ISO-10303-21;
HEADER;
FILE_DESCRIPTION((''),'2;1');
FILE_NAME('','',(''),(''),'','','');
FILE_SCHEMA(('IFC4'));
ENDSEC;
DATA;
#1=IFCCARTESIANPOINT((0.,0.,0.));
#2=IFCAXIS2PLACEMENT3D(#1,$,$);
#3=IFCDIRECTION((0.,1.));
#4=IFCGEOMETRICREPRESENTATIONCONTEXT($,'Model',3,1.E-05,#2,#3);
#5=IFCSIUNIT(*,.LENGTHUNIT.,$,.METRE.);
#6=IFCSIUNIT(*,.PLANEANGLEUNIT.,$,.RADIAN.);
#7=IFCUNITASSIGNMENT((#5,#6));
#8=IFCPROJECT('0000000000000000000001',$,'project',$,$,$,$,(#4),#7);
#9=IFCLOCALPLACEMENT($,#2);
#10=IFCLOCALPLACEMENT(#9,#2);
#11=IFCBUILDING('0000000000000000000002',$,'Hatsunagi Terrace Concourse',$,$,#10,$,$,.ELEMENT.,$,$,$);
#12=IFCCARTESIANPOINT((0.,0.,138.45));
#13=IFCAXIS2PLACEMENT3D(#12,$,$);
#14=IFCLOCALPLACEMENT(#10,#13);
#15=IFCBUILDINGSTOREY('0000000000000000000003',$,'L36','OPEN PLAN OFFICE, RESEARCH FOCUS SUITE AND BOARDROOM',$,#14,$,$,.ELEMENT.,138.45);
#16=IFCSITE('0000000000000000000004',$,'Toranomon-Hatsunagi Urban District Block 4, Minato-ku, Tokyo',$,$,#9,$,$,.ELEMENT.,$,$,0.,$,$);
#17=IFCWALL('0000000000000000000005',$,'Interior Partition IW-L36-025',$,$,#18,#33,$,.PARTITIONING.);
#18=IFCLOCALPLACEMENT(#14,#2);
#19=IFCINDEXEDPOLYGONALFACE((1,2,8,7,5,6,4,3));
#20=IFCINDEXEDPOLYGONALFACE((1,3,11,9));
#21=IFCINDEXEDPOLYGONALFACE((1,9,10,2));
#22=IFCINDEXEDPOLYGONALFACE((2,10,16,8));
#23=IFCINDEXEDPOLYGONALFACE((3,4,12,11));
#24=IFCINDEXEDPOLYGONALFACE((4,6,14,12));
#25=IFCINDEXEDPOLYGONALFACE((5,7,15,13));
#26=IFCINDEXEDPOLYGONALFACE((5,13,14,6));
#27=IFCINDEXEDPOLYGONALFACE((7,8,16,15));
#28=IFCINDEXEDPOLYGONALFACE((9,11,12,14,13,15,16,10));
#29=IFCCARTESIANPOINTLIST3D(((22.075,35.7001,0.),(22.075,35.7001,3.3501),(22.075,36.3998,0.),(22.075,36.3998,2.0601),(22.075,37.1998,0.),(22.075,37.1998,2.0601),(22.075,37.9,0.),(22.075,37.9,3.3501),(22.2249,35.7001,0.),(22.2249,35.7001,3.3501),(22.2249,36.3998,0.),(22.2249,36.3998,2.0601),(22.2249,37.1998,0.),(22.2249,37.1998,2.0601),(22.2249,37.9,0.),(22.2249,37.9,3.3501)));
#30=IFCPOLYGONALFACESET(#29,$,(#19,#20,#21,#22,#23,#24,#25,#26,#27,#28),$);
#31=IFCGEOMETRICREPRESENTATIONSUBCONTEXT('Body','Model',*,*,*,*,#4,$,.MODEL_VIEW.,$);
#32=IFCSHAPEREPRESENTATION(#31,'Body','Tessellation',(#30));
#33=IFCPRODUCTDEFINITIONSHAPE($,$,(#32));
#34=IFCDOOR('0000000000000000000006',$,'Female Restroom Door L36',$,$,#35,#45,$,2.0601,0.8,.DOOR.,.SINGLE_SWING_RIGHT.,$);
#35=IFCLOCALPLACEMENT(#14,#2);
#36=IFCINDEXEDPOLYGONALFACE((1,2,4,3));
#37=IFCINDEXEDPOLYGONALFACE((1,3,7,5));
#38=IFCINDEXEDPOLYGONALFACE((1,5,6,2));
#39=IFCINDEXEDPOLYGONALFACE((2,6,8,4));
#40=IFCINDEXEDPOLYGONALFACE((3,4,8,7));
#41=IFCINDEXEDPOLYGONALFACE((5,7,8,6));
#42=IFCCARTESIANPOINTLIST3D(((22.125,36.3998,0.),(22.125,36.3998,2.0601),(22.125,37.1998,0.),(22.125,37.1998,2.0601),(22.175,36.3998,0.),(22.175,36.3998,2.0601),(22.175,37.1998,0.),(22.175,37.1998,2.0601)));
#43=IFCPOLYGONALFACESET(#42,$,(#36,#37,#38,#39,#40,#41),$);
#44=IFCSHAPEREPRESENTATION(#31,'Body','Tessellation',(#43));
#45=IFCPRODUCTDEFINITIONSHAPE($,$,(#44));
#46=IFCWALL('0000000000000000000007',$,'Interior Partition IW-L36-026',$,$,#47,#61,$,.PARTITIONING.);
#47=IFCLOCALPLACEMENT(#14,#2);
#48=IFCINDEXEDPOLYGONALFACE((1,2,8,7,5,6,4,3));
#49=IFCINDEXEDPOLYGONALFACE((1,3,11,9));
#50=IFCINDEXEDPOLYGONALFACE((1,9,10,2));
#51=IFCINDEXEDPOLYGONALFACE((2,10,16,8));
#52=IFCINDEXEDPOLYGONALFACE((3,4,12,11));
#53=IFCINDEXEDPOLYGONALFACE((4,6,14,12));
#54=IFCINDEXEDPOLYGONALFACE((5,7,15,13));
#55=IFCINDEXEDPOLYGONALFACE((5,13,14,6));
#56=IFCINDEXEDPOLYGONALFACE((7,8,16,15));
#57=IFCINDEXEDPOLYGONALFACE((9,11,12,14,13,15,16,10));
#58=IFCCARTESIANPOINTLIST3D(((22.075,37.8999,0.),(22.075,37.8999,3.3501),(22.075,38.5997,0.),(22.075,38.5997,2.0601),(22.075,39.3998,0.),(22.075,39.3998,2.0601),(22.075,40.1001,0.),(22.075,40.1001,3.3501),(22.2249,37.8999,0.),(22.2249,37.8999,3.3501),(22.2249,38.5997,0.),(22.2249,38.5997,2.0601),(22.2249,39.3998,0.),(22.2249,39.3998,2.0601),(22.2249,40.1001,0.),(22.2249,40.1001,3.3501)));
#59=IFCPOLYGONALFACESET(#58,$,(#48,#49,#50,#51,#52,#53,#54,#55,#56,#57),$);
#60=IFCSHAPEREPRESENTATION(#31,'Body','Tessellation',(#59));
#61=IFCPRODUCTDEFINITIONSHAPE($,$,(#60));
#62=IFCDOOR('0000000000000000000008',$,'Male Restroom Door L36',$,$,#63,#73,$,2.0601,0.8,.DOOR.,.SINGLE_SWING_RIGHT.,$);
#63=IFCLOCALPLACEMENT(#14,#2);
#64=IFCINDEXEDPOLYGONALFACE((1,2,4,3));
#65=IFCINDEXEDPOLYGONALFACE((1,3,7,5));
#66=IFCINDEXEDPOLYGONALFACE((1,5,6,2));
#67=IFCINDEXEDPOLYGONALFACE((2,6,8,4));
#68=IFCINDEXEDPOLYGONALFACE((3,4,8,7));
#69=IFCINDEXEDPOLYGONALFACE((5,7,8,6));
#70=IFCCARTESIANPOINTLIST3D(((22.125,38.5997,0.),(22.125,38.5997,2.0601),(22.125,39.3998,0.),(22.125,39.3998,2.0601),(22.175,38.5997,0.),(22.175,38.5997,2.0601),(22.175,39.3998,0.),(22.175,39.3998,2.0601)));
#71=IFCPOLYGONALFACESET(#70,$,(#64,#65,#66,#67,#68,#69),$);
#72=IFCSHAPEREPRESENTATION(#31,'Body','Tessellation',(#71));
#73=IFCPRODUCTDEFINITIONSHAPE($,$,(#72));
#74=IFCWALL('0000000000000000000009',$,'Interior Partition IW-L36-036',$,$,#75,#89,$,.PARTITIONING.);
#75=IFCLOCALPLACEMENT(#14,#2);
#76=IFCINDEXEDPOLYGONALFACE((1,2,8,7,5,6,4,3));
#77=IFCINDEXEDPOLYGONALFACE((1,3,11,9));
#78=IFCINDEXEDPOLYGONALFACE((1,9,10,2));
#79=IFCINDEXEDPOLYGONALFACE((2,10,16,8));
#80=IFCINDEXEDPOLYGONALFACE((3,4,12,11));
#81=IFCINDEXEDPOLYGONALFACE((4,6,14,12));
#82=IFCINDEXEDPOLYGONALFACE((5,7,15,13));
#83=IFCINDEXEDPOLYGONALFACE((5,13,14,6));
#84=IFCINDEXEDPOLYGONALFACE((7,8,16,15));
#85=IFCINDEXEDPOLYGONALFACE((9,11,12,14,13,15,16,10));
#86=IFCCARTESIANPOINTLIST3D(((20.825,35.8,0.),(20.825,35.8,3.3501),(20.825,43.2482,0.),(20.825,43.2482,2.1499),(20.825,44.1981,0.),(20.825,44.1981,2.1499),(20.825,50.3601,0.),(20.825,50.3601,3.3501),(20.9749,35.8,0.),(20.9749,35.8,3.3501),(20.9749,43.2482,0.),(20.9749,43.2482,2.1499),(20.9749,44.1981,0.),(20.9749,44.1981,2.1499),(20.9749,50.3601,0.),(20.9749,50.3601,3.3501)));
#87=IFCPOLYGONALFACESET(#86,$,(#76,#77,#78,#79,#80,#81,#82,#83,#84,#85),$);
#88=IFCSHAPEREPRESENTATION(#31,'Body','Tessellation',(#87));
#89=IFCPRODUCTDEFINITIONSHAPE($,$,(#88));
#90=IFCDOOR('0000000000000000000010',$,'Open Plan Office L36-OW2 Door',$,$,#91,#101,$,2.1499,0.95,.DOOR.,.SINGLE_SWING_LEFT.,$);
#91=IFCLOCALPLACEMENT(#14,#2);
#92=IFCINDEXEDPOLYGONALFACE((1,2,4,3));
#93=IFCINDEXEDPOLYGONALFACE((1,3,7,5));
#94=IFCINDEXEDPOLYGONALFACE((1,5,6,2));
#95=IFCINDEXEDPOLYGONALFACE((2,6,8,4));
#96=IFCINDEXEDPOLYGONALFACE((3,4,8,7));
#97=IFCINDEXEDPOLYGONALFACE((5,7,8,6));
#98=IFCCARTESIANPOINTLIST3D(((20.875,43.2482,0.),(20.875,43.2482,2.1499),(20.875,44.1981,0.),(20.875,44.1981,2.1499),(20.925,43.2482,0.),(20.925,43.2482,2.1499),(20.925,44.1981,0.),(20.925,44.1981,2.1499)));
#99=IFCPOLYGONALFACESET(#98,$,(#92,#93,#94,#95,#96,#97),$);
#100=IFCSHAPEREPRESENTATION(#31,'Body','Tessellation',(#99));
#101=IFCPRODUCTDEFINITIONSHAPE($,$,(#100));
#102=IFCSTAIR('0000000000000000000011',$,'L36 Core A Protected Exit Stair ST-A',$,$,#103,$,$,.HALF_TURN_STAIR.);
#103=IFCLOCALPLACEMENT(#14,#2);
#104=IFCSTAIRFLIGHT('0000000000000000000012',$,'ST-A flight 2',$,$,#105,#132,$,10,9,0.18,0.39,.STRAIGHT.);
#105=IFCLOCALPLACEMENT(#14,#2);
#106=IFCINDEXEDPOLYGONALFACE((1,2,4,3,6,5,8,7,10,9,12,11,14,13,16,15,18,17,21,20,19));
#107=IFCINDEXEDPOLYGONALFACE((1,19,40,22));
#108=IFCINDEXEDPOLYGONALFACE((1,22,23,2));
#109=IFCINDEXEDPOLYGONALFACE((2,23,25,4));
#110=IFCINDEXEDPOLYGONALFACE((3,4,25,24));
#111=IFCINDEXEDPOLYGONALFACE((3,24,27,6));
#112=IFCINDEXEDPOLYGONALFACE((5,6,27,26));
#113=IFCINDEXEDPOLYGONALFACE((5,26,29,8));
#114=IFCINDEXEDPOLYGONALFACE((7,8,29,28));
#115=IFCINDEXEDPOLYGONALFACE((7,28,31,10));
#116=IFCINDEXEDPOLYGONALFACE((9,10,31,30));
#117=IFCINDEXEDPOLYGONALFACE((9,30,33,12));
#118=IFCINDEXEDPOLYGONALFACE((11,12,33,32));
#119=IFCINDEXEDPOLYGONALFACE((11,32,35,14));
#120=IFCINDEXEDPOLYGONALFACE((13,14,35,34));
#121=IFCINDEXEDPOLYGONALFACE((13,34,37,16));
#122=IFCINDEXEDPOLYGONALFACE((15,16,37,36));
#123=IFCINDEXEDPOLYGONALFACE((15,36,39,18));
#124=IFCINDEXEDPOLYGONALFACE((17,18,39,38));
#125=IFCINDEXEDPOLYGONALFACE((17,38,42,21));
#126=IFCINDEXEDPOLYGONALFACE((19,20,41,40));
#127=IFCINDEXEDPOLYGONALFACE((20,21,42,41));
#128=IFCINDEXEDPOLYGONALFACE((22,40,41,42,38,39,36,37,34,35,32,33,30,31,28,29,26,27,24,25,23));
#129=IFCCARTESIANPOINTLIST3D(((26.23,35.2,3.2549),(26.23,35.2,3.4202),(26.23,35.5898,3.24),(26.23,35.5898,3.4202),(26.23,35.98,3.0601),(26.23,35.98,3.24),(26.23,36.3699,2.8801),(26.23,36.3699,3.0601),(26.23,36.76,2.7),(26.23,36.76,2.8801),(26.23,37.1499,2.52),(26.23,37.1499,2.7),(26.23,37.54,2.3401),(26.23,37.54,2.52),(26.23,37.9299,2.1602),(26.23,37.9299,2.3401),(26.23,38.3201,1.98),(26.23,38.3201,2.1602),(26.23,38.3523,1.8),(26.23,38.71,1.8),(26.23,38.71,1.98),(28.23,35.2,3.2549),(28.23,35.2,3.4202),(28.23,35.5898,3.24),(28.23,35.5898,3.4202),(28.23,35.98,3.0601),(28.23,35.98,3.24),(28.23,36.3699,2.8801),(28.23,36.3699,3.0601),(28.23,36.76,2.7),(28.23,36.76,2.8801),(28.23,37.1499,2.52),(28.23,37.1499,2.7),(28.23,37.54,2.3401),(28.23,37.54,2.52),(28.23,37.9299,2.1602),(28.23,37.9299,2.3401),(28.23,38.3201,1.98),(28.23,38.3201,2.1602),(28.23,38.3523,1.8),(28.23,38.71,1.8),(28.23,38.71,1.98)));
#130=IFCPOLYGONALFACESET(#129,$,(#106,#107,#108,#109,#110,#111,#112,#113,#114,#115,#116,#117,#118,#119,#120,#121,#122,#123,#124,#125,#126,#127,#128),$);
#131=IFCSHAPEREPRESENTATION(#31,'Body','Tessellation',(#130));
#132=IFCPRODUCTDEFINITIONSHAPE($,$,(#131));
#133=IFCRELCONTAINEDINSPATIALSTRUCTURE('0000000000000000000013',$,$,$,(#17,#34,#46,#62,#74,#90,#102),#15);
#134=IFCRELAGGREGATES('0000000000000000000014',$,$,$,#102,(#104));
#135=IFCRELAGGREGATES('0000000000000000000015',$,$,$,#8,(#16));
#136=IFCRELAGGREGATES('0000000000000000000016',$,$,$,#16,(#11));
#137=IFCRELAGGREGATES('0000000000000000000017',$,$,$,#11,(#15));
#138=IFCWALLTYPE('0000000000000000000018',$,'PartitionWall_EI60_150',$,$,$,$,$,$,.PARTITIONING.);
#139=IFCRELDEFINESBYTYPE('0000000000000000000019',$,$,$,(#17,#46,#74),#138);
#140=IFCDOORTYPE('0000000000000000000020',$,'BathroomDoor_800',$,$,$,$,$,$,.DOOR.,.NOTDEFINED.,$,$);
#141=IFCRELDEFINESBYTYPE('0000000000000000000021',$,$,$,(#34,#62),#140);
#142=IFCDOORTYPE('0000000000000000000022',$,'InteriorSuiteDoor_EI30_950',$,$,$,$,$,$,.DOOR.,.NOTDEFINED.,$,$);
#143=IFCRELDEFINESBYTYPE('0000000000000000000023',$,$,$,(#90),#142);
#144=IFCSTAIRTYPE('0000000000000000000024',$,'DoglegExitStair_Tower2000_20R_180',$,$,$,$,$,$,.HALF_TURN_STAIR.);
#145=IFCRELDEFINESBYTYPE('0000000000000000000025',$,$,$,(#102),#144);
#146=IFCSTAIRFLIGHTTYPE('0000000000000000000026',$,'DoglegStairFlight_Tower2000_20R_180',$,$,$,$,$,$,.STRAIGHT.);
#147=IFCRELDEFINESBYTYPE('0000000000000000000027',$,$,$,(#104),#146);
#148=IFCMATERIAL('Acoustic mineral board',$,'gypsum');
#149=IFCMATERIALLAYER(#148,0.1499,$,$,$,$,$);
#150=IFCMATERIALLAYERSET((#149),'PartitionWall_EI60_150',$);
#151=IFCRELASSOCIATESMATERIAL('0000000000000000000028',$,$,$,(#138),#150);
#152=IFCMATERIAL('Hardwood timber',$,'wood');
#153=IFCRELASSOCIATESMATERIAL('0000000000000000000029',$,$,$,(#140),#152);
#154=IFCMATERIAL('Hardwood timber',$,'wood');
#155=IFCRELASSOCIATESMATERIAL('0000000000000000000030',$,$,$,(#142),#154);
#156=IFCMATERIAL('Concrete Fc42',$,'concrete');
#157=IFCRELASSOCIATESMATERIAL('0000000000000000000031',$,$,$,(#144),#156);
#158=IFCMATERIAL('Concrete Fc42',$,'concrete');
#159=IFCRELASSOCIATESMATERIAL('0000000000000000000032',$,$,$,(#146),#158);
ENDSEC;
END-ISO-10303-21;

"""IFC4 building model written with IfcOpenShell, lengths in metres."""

from ifc_helpers import new_model, si_unit, direction, frame, frame_2d, origin, place, context, subcontext, project, spatial, polyline, rectangle, outline, extrude, material, layer, layer_set, type_object, element, fill, aggregate, save


model = new_model("IFC4")

# Units and contexts
model_context = context("Model", 3, precision=1e-05, world=origin(), true_north=direction((0.0, 1.0)))
body_context = subcontext(model_context, "Body", "Model", "MODEL_VIEW")
ifc_project = project(units=[si_unit("LENGTHUNIT", "METRE"), si_unit("PLANEANGLEUNIT", "RADIAN")], contexts=[model_context])

# Site, building, storey
site_placement = place(None, origin())
site = spatial("IfcSite", under=ifc_project, at=site_placement, Name="Toranomon-Hatsunagi Urban District Block 4, Minato-ku, Tokyo", CompositionType="ELEMENT", RefElevation=0.0)
building_placement = place(site_placement, origin())
building = spatial("IfcBuilding", under=site, at=building_placement, Name="Hatsunagi Terrace Concourse", CompositionType="ELEMENT")
storey_placement = place(building_placement, frame((0.0, 0.0, 138.45)))
storey = spatial("IfcBuildingStorey", under=building, at=storey_placement, Name="L36", Description="OPEN PLAN OFFICE, RESEARCH FOCUS SUITE AND BOARDROOM", CompositionType="ELEMENT", Elevation=138.45)

# Shared definitions
ifc_material_1 = material(Name="Acoustic mineral board", Category="gypsum")
ifc_layer_1 = layer(ifc_material_1, 0.1499)
ifc_layer_set_1 = layer_set([ifc_layer_1], Name="PartitionWall_EI60_150")
wall_type_1 = type_object("IfcWallType", Name="PartitionWall_EI60_150", PredefinedType="PARTITIONING", material=ifc_layer_set_1)

# Walls, openings, doors
ifc_material_2 = material(Name="Hardwood timber", Category="wood")
door_type_1 = type_object("IfcDoorType", Name="BathroomDoor_800", OperationType="NOTDEFINED", PredefinedType="DOOR", material=ifc_material_2)
wall_1_placement = place(storey_placement, frame((22.1499, 35.7, 0.0), z_axis=(0.0, 0.0, 1.0), x_axis=(0.0, 1.0, 0.0)))
wall_1 = element("IfcWall", 1, at=wall_1_placement, inside=storey, type_object=wall_type_1, Name="Interior Partition IW-L36-025", PredefinedType="PARTITIONING", context=body_context, shape_type="SweptSolid", body=[
    extrude(rectangle(XDim=2.2, YDim=0.1499, at=frame_2d((1.1001, 0.0))), origin(), (0.0, 0.0, 1.0), 3.3501),
])
opening_1_placement = place(wall_1_placement, frame((0.7, 0.0, 0.0)))
opening_1 = element("IfcOpeningElement", 2, at=opening_1_placement, cuts=wall_1, PredefinedType="OPENING", context=body_context, shape_type="SweptSolid", body=[
    extrude(rectangle(XDim=0.8, YDim=2.0601, at=frame_2d((0.3999, 1.03))), frame((0.0, 0.085, 0.0), z_axis=(0.0, -1.0, 0.0), x_axis=(1.0, 0.0, 0.0)), (0.0, 0.0, 1.0), 0.1699),
])
door_1_placement = place(opening_1_placement, origin())
door_1 = element("IfcDoor", 3, at=door_1_placement, inside=storey, type_object=door_type_1, Name="Female Restroom Door L36", OperationType="SINGLE_SWING_RIGHT", OverallHeight=2.0601, OverallWidth=0.8, PredefinedType="DOOR", context=body_context, shape_type="SweptSolid", body=[
    extrude(rectangle(XDim=0.8, YDim=2.0601, at=frame_2d((0.3999, 1.03))), frame((0.0, 0.0249, 0.0), z_axis=(0.0, -1.0, 0.0), x_axis=(1.0, 0.0, 0.0)), (0.0, 0.0, 1.0), 0.05),
])
fill(opening_1, door_1)
wall_2_placement = place(storey_placement, frame((22.1499, 37.8999, 0.0), z_axis=(0.0, 0.0, 1.0), x_axis=(0.0, 1.0, 0.0)))
wall_2 = element("IfcWall", 4, at=wall_2_placement, inside=storey, type_object=wall_type_1, Name="Interior Partition IW-L36-026", PredefinedType="PARTITIONING", context=body_context, shape_type="SweptSolid", body=[
    extrude(rectangle(XDim=2.2002, YDim=0.1499, at=frame_2d((1.1001, 0.0))), origin(), (0.0, 0.0, 1.0), 3.3501),
])
opening_2_placement = place(wall_2_placement, frame((0.7, 0.0, 0.0)))
opening_2 = element("IfcOpeningElement", 5, at=opening_2_placement, cuts=wall_2, PredefinedType="OPENING", context=body_context, shape_type="SweptSolid", body=[
    extrude(rectangle(XDim=0.8, YDim=2.0601, at=frame_2d((0.3999, 1.03))), frame((0.0, 0.085, 0.0), z_axis=(0.0, -1.0, 0.0), x_axis=(1.0, 0.0, 0.0)), (0.0, 0.0, 1.0), 0.1699),
])
door_2_placement = place(opening_2_placement, origin())
door_2 = element("IfcDoor", 6, at=door_2_placement, inside=storey, type_object=door_type_1, Name="Male Restroom Door L36", OperationType="SINGLE_SWING_RIGHT", OverallHeight=2.0601, OverallWidth=0.8, PredefinedType="DOOR", context=body_context, shape_type="SweptSolid", body=[
    extrude(rectangle(XDim=0.8, YDim=2.0601, at=frame_2d((0.3999, 1.03))), frame((0.0, 0.0249, 0.0), z_axis=(0.0, -1.0, 0.0), x_axis=(1.0, 0.0, 0.0)), (0.0, 0.0, 1.0), 0.05),
])
fill(opening_2, door_2)
wall_3_placement = place(storey_placement, frame((20.8999, 35.8, 0.0), z_axis=(0.0, 0.0, 1.0), x_axis=(0.0, 1.0, 0.0)))
wall_3 = element("IfcWall", 7, at=wall_3_placement, inside=storey, type_object=wall_type_1, Name="Interior Partition IW-L36-036", PredefinedType="PARTITIONING", context=body_context, shape_type="SweptSolid", body=[
    extrude(rectangle(XDim=14.5601, YDim=0.1499, at=frame_2d((7.28, 0.0))), origin(), (0.0, 0.0, 1.0), 3.3501),
])
opening_3_placement = place(wall_3_placement, frame((7.448, 0.0, 0.0)))
opening_3 = element("IfcOpeningElement", 8, at=opening_3_placement, cuts=wall_3, PredefinedType="OPENING", context=body_context, shape_type="SweptSolid", body=[
    extrude(rectangle(XDim=0.95, YDim=2.1499, at=frame_2d((0.4751, 1.075))), frame((0.0, 0.085, 0.0), z_axis=(0.0, -1.0, 0.0), x_axis=(1.0, 0.0, 0.0)), (0.0, 0.0, 1.0), 0.1699),
])
ifc_material_3 = material(Name="Hardwood timber", Category="wood")
door_type_2 = type_object("IfcDoorType", Name="InteriorSuiteDoor_EI30_950", OperationType="NOTDEFINED", PredefinedType="DOOR", material=ifc_material_3)
door_3_placement = place(opening_3_placement, origin())
door_3 = element("IfcDoor", 9, at=door_3_placement, inside=storey, type_object=door_type_2, Name="Open Plan Office L36-OW2 Door", OperationType="SINGLE_SWING_LEFT", OverallHeight=2.1499, OverallWidth=0.95, PredefinedType="DOOR", context=body_context, shape_type="SweptSolid", body=[
    extrude(rectangle(XDim=0.95, YDim=2.1499, at=frame_2d((0.4751, 1.075))), frame((0.0, 0.0249, 0.0), z_axis=(0.0, -1.0, 0.0), x_axis=(1.0, 0.0, 0.0)), (0.0, 0.0, 1.0), 0.05),
])
fill(opening_3, door_3)

# Stair, stair flight
ifc_material_4 = material(Name="Concrete Fc42", Category="concrete")
stair_type = type_object("IfcStairType", Name="DoglegExitStair_Tower2000_20R_180", PredefinedType="HALF_TURN_STAIR", material=ifc_material_4)
stair_placement = place(storey_placement, origin())
stair = element("IfcStair", 10, at=stair_placement, inside=storey, type_object=stair_type, Name="L36 Core A Protected Exit Stair ST-A", PredefinedType="HALF_TURN_STAIR")
ifc_material_5 = material(Name="Concrete Fc42", Category="concrete")
stair_flight_type = type_object("IfcStairFlightType", Name="DoglegStairFlight_Tower2000_20R_180", PredefinedType="STRAIGHT", material=ifc_material_5)
stair_flight_placement = place(storey_placement, frame((27.23, 38.71, 1.8), z_axis=(0.0, 0.0, 1.0), x_axis=(0.0, -1.0, 0.0)))
stair_flight = element("IfcStairFlight", 11, at=stair_flight_placement, type_object=stair_flight_type, Name="ST-A flight 2", NumberOfRisers=10, NumberOfTreads=9, PredefinedType="STRAIGHT", RiserHeight=0.18, TreadLength=0.39, context=body_context, shape_type="SweptSolid", body=[
    extrude(outline(polyline([(0.0, 0.0), (0.0, 0.1799), (0.3899, 0.1799), (0.3899, 0.3601), (0.78, 0.3601), (0.78, 0.54), (1.1699, 0.54), (1.1699, 0.72), (1.5601, 0.72), (1.5601, 0.8999), (1.95, 0.8999), (1.95, 1.0801), (2.3401, 1.0801), (2.3401, 1.26), (2.73, 1.26), (2.73, 1.4399), (3.1201, 1.4399), (3.1201, 1.6201), (3.51, 1.6201), (3.51, 1.8), (3.51, 1.4548), (0.3577, 0.0), (0.0, 0.0)])), frame((0.0, 1.0, 0.0), z_axis=(0.0, -1.0, 0.0), x_axis=(1.0, 0.0, 0.0)), (0.0, 0.0, 1.0), 2.0),
])
aggregate(stair, [stair_flight])

save(model, "model.ifc")
